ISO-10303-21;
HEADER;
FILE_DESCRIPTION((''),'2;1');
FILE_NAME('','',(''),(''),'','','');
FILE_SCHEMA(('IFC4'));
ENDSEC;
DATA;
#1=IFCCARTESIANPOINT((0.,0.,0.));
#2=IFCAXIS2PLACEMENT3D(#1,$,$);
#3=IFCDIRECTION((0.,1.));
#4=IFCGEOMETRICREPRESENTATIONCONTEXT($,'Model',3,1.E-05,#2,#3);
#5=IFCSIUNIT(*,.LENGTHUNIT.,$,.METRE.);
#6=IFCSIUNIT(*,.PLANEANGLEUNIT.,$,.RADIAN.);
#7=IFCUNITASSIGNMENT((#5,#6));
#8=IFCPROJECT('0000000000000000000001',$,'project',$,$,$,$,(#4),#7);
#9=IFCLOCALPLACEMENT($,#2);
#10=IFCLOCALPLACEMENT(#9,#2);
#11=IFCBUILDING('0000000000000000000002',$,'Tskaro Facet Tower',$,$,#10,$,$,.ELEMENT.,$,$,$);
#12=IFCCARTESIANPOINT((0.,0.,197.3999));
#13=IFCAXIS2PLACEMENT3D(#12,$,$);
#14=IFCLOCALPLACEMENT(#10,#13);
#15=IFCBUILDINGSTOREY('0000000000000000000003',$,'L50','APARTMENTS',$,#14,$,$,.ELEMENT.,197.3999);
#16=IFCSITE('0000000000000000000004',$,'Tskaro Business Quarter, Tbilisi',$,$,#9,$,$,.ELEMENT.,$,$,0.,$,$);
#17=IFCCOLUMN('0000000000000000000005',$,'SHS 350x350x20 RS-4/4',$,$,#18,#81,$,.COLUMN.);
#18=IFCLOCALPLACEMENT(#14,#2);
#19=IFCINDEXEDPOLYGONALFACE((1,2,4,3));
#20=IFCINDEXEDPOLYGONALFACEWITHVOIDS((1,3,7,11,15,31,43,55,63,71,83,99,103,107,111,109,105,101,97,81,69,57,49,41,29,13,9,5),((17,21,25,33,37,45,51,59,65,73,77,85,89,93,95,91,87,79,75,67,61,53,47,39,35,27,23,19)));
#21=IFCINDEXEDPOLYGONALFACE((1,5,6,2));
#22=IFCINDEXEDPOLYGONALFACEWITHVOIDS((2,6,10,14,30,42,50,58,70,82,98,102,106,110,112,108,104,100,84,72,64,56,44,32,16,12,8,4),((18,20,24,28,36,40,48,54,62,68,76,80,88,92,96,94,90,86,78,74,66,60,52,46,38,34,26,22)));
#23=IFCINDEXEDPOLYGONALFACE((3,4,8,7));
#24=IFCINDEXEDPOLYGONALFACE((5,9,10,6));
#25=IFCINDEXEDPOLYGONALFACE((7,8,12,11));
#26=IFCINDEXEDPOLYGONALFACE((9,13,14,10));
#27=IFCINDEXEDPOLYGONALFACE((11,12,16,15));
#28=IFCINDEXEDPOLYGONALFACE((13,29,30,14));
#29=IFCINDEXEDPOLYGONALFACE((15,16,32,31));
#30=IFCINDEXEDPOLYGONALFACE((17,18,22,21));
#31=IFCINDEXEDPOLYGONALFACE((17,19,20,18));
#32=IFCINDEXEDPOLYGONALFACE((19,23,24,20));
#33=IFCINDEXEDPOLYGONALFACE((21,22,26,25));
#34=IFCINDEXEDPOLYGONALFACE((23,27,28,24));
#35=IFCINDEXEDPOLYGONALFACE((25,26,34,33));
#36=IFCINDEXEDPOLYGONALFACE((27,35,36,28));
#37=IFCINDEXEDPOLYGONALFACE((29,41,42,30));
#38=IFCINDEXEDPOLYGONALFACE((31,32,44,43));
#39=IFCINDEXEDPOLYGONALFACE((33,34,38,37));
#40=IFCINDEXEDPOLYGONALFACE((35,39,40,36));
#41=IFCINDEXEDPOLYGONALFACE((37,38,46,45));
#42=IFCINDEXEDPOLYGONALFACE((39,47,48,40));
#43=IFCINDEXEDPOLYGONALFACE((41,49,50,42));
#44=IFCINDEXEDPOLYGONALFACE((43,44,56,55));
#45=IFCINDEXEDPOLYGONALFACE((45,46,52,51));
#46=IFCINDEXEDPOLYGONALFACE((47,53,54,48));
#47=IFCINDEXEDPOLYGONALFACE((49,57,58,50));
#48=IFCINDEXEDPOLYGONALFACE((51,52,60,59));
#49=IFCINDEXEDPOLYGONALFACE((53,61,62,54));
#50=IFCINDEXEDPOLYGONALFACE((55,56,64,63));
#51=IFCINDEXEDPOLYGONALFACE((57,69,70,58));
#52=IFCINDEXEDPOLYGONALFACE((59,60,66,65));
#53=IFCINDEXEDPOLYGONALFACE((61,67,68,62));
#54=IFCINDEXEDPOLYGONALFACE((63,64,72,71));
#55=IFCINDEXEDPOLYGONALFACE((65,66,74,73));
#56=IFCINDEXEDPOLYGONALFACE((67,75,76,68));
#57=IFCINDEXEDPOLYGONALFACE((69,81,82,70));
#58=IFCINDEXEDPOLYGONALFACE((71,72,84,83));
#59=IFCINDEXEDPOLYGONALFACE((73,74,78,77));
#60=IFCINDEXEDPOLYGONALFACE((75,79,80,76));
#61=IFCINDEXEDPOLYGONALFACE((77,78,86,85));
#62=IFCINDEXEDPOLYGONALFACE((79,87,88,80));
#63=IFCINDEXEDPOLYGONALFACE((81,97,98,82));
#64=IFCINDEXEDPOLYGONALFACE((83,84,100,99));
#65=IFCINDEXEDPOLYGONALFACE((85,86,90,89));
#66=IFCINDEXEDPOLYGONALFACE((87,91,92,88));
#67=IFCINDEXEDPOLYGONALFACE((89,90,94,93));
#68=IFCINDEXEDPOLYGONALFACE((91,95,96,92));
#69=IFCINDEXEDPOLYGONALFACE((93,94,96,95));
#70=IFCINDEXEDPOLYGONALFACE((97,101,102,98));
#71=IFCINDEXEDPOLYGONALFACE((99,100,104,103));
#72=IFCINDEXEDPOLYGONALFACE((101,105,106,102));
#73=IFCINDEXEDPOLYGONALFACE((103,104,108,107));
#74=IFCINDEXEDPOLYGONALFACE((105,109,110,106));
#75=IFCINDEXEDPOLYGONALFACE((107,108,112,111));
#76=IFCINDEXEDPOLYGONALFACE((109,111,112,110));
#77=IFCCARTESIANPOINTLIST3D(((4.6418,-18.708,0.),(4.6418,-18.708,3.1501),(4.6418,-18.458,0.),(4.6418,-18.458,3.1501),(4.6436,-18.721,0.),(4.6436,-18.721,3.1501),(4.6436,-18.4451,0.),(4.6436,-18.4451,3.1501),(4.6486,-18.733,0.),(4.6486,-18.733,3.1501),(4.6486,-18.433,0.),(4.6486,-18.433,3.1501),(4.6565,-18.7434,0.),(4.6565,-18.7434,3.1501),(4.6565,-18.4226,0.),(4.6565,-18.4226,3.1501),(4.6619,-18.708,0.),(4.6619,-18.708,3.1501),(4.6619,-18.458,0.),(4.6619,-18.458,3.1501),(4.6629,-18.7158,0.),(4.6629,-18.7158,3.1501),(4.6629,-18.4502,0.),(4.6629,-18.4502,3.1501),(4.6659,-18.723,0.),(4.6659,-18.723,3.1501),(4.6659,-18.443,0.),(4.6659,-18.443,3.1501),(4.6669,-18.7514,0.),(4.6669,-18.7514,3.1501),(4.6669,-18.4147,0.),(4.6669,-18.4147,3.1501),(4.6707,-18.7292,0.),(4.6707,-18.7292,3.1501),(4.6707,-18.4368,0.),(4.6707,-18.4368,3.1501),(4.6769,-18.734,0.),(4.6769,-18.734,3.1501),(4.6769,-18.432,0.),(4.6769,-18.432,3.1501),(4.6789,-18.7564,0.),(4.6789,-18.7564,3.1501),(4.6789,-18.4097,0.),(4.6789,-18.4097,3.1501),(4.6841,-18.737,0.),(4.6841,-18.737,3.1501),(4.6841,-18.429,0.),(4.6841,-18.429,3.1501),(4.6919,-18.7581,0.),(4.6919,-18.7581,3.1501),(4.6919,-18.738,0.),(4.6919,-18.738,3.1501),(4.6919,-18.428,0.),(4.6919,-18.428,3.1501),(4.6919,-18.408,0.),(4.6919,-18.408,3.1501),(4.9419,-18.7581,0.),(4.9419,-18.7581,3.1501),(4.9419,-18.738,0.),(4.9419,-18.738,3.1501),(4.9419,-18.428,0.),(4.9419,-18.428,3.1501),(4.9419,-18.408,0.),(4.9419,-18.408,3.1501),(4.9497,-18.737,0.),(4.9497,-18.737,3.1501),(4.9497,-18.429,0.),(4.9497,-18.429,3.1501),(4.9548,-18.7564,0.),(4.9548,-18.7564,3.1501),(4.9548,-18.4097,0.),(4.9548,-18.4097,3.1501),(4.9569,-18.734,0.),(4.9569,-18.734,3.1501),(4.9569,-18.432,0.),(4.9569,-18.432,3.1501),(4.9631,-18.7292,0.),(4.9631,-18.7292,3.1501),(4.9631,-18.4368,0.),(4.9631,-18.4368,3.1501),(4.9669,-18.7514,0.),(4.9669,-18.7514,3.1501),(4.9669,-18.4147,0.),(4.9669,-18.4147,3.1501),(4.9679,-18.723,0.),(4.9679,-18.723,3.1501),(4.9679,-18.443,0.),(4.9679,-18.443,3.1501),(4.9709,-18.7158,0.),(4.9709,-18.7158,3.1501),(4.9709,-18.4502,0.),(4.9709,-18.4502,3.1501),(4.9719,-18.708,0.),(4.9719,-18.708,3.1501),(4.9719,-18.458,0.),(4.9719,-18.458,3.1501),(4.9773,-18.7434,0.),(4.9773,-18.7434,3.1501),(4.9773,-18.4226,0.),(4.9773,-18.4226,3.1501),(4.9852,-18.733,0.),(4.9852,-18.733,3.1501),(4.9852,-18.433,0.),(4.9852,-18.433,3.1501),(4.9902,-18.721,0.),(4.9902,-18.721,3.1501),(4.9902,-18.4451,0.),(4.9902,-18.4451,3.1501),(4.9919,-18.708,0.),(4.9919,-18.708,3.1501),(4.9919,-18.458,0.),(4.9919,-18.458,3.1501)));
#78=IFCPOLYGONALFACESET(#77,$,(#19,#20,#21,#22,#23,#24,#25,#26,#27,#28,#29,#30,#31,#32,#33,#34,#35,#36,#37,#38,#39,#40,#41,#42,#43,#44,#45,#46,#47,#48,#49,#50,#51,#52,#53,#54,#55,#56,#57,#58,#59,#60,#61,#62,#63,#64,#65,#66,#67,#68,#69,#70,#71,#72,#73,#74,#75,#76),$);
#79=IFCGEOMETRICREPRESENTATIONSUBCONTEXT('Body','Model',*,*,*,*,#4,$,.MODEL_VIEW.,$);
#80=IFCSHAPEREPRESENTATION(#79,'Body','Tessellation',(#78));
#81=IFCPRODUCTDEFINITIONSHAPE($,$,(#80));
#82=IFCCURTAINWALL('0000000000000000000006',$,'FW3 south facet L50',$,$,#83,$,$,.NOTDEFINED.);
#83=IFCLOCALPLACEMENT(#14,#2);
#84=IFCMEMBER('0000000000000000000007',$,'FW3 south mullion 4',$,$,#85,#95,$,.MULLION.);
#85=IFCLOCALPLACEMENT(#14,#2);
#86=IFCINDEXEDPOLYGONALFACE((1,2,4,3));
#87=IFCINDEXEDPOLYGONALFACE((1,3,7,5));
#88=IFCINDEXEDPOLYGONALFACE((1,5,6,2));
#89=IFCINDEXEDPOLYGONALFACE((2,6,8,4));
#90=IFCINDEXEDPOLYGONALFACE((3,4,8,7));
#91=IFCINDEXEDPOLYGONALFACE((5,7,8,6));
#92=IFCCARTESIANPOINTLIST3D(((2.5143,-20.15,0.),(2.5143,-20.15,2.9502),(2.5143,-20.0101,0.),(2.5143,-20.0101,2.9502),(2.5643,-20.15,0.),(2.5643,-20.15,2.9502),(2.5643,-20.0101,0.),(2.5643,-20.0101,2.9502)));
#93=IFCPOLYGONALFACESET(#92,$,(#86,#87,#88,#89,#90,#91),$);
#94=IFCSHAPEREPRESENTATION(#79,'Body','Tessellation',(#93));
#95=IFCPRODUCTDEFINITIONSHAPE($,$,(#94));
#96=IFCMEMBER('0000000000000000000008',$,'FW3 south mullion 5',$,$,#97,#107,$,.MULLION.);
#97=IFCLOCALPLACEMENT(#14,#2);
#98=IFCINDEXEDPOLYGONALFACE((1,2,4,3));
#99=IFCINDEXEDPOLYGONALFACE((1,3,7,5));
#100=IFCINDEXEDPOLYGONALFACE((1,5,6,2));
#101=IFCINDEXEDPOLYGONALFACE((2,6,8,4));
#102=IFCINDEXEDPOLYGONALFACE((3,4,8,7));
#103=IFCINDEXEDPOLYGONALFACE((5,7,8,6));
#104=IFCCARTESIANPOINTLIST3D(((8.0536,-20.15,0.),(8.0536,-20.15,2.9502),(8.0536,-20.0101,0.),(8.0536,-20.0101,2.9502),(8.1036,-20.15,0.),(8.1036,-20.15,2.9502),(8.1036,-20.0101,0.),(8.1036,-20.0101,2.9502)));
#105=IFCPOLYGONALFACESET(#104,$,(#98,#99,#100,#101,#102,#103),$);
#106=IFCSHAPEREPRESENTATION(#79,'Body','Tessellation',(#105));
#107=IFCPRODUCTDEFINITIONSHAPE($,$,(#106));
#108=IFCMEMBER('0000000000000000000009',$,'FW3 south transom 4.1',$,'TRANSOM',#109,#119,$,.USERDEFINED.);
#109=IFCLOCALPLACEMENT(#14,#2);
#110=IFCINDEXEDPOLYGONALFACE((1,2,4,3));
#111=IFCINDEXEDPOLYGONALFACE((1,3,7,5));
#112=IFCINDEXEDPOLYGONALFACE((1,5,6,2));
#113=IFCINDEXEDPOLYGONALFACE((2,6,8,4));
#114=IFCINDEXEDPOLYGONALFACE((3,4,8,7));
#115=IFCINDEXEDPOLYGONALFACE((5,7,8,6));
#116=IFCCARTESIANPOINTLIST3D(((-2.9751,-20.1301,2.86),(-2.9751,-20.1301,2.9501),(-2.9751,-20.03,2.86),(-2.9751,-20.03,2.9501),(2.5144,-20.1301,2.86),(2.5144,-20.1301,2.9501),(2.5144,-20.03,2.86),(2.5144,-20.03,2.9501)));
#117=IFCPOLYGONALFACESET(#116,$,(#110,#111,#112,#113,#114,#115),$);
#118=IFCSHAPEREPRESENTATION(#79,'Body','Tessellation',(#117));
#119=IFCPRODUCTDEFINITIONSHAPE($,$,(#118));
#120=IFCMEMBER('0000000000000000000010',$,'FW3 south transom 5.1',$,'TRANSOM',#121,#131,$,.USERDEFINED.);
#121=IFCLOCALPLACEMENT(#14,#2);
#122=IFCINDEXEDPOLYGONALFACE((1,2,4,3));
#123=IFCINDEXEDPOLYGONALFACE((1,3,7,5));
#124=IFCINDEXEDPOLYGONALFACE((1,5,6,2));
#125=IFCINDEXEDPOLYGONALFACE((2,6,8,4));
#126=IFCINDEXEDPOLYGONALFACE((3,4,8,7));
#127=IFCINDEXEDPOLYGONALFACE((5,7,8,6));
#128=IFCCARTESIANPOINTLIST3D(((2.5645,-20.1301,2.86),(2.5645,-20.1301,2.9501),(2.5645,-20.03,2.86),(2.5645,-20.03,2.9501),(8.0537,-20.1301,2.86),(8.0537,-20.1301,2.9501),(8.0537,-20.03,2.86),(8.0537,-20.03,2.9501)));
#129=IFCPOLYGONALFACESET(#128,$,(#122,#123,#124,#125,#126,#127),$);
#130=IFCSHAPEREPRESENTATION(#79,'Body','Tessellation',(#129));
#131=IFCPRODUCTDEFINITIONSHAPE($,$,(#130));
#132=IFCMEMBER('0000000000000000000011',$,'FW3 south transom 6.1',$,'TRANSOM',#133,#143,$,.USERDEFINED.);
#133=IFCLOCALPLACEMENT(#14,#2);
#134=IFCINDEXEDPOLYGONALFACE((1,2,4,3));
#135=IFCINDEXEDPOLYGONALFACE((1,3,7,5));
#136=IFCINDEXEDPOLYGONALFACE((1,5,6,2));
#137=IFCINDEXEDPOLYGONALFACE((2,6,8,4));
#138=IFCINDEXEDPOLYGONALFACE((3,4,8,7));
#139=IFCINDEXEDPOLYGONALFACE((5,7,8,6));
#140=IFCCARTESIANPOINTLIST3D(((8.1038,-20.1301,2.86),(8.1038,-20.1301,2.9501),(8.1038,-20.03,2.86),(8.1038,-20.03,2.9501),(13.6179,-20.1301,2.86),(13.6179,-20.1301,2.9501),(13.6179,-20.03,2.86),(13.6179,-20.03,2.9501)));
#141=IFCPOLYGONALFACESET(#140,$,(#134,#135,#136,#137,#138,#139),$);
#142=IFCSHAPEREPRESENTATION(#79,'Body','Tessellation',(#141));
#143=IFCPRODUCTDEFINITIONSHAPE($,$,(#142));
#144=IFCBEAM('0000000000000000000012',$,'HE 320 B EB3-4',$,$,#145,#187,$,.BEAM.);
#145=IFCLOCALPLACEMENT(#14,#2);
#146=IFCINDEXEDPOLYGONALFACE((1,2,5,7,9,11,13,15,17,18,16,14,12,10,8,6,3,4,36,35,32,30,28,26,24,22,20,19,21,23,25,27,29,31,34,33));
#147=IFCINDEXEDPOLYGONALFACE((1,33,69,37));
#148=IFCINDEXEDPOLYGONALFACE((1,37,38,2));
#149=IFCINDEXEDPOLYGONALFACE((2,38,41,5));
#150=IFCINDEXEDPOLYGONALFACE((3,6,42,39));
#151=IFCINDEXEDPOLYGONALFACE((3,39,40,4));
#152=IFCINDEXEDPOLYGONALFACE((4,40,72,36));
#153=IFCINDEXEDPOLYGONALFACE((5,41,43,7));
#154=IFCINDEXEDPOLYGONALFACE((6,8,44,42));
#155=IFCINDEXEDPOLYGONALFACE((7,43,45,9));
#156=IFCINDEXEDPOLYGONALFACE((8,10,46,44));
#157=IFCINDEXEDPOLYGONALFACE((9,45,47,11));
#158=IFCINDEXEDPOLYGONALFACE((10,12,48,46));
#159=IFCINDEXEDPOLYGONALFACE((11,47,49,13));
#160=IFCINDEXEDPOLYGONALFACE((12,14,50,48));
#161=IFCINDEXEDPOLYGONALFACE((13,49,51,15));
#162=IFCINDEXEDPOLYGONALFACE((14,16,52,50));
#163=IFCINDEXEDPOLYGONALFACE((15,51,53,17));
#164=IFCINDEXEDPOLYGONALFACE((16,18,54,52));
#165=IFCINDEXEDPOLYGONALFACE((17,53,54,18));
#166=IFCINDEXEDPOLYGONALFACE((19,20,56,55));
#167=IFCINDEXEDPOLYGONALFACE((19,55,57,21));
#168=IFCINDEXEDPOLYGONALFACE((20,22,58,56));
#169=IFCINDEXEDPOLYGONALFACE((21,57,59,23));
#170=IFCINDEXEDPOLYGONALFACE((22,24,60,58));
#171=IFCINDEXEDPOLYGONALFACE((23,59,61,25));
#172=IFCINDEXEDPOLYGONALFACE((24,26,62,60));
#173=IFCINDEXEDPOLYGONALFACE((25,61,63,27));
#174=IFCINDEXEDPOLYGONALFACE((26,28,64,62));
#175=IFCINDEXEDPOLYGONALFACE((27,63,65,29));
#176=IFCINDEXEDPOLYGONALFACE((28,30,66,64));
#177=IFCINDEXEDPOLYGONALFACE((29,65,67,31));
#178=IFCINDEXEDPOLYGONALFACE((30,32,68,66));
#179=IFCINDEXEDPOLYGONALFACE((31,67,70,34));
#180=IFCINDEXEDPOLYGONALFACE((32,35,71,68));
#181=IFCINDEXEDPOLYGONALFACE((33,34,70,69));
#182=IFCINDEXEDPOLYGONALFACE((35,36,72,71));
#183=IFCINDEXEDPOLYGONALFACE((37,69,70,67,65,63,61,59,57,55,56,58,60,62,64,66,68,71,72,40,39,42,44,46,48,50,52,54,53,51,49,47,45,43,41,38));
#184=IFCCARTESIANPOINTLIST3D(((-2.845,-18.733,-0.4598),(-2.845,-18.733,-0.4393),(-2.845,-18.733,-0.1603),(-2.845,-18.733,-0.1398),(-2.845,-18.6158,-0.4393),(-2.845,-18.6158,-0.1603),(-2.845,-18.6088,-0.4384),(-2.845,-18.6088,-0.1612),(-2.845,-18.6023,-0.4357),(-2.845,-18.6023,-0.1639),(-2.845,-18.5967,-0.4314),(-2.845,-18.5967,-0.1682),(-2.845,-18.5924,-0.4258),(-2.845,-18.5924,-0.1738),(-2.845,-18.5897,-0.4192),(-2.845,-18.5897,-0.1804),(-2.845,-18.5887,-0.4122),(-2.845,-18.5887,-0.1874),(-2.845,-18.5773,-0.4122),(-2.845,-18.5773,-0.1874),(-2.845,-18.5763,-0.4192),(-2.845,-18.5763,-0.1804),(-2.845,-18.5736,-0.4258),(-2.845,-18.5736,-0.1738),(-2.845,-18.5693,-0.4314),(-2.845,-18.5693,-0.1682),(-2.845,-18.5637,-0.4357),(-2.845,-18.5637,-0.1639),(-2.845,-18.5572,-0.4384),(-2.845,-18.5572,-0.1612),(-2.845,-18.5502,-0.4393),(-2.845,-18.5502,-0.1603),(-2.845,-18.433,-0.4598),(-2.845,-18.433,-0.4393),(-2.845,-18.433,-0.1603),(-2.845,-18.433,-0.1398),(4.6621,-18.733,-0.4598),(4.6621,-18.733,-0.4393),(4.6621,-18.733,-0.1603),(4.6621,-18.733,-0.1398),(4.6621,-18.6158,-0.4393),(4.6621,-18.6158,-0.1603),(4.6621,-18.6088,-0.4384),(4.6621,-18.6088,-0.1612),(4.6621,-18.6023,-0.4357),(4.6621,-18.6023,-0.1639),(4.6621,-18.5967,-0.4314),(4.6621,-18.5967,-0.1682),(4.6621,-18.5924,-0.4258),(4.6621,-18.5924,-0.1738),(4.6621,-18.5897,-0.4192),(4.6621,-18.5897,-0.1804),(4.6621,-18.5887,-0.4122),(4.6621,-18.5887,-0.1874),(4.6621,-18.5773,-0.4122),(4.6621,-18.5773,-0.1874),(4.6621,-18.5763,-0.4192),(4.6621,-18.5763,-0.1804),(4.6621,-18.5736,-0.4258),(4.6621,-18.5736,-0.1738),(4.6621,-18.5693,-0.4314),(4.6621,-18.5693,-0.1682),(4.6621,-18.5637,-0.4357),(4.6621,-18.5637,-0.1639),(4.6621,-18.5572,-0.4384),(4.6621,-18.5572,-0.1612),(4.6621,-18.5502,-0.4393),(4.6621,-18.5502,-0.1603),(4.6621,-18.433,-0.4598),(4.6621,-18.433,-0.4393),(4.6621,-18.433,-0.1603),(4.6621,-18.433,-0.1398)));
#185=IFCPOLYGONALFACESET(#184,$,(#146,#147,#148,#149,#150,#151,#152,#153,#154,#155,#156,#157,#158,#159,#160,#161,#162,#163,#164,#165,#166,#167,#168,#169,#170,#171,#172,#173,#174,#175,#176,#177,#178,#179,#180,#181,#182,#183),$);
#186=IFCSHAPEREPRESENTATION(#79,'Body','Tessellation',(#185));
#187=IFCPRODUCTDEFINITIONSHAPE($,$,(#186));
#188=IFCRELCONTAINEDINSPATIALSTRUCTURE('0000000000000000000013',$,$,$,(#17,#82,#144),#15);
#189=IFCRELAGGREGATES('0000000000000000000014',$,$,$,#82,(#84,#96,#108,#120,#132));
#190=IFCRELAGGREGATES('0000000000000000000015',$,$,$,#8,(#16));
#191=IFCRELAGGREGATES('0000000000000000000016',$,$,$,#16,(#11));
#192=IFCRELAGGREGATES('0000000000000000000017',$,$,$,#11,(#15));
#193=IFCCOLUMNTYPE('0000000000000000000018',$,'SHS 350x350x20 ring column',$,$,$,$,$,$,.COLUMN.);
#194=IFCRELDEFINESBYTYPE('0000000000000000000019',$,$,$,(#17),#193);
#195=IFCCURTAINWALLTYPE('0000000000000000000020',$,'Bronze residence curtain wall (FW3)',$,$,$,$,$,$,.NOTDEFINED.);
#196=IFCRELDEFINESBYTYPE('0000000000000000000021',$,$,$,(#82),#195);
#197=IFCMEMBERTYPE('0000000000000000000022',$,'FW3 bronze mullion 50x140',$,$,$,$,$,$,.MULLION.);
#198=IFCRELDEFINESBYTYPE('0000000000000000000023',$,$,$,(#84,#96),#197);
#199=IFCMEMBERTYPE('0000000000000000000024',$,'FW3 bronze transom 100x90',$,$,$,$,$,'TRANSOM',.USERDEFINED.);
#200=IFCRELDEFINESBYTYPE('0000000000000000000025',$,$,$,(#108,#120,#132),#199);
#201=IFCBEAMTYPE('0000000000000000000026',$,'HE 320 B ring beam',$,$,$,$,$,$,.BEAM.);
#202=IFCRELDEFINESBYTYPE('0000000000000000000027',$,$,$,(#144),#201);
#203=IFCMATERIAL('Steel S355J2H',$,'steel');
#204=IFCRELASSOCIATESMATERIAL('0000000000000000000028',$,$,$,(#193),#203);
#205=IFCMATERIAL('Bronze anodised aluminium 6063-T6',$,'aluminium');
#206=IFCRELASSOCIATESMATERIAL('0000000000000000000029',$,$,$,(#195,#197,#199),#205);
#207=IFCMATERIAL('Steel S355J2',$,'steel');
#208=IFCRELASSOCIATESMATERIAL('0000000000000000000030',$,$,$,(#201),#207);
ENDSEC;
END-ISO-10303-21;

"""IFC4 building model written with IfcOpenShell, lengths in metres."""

from ifc_helpers import new_model, si_unit, direction, frame, origin, origin_2d, place, context, subcontext, project, spatial, rectangle, hollow_rectangle, i_section, extrude, material, material_profile, profile_set, type_object, element, aggregate, save


model = new_model("IFC4")

# Units and contexts
model_context = context("Model", 3, precision=1e-05, world=origin(), true_north=direction((0.0, 1.0)))
body_context = subcontext(model_context, "Body", "Model", "MODEL_VIEW")
ifc_project = project(units=[si_unit("LENGTHUNIT", "METRE"), si_unit("PLANEANGLEUNIT", "RADIAN")], contexts=[model_context])

# Site, building, storey
site_placement = place(None, origin())
site = spatial("IfcSite", under=ifc_project, at=site_placement, Name="Tskaro Business Quarter, Tbilisi", CompositionType="ELEMENT", RefElevation=0.0)
building_placement = place(site_placement, origin())
building = spatial("IfcBuilding", under=site, at=building_placement, Name="Tskaro Facet Tower", CompositionType="ELEMENT")
storey_placement = place(building_placement, frame((0.0, 0.0, 197.3999)))
storey = spatial("IfcBuildingStorey", under=building, at=storey_placement, Name="L50", Description="APARTMENTS", CompositionType="ELEMENT", Elevation=197.3999)

# Column
ifc_material_1 = material(Name="Steel S355J2H", Category="steel")
ifc_material_profile_1 = material_profile(ifc_material_1, hollow_rectangle(XDim=0.3501, YDim=0.3501, WallThickness=0.02, InnerFilletRadius=0.03, OuterFilletRadius=0.05, at=origin_2d()), Name="SHS 350x350x20")
ifc_profile_set_1 = profile_set([ifc_material_profile_1], Name="Steel S355J2H")
column_type = type_object("IfcColumnType", Name="SHS 350x350x20 ring column", PredefinedType="COLUMN", material=ifc_profile_set_1)
column_placement = place(storey_placement, frame((4.8169, -18.583, 0.0), z_axis=(0.0, 0.0, 1.0), x_axis=(1.0, 0.0, 0.0)))
element("IfcColumn", 1, at=column_placement, inside=storey, type_object=column_type, Name="SHS 350x350x20 RS-4/4", PredefinedType="COLUMN", context=body_context, shape_type="SweptSolid", body=[
    extrude(hollow_rectangle(XDim=0.3501, YDim=0.3501, WallThickness=0.02, InnerFilletRadius=0.03, OuterFilletRadius=0.05, at=origin_2d()), origin(), (0.0, 0.0, 1.0), 3.1501),
])

# Curtain wall, members
ifc_material_2 = material(Name="Bronze anodised aluminium 6063-T6", Category="aluminium")
curtain_wall_type = type_object("IfcCurtainWallType", Name="Bronze residence curtain wall (FW3)", PredefinedType="NOTDEFINED", material=ifc_material_2)
curtain_wall_placement = place(storey_placement, origin())
curtain_wall = element("IfcCurtainWall", 2, at=curtain_wall_placement, inside=storey, type_object=curtain_wall_type, Name="FW3 south facet L50", PredefinedType="NOTDEFINED")
ifc_material_profile_2 = material_profile(ifc_material_2, rectangle(XDim=0.05, YDim=0.1399, at=origin_2d()), Name="Mullion 50x140")
ifc_profile_set_2 = profile_set([ifc_material_profile_2], Name="Bronze anodised aluminium 6063-T6")
member_type_1 = type_object("IfcMemberType", Name="FW3 bronze mullion 50x140", PredefinedType="MULLION", material=ifc_profile_set_2)
member_1_placement = place(storey_placement, frame((2.5393, -20.0801, 0.0), z_axis=(0.0, 0.0, 1.0), x_axis=(1.0, 0.0, 0.0)))
member_1 = element("IfcMember", 3, at=member_1_placement, type_object=member_type_1, Name="FW3 south mullion 4", PredefinedType="MULLION", context=body_context, shape_type="SweptSolid", body=[
    extrude(rectangle(XDim=0.05, YDim=0.1399, at=origin_2d()), origin(), (0.0, 0.0, 1.0), 2.9502),
])
member_2_placement = place(storey_placement, frame((8.0786, -20.0801, 0.0), z_axis=(0.0, 0.0, 1.0), x_axis=(1.0, 0.0, 0.0)))
member_2 = element("IfcMember", 4, at=member_2_placement, type_object=member_type_1, Name="FW3 south mullion 5", PredefinedType="MULLION", context=body_context, shape_type="SweptSolid", body=[
    extrude(rectangle(XDim=0.05, YDim=0.1399, at=origin_2d()), origin(), (0.0, 0.0, 1.0), 2.9502),
])
ifc_material_profile_3 = material_profile(ifc_material_2, rectangle(XDim=0.1001, YDim=0.0901, at=origin_2d()), Name="Transom 100x90")
ifc_profile_set_3 = profile_set([ifc_material_profile_3], Name="Bronze anodised aluminium 6063-T6")
member_type_2 = type_object("IfcMemberType", Name="FW3 bronze transom 100x90", ElementType="TRANSOM", PredefinedType="USERDEFINED", material=ifc_profile_set_3)
member_3_placement = place(storey_placement, frame((-2.9751, -20.0801, 2.905), z_axis=(1.0, 0.0, 0.0), x_axis=(0.0, 1.0, 0.0)))
member_3 = element("IfcMember", 5, at=member_3_placement, type_object=member_type_2, Name="FW3 south transom 4.1", ObjectType="TRANSOM", PredefinedType="USERDEFINED", context=body_context, shape_type="SweptSolid", body=[
    extrude(rectangle(XDim=0.1001, YDim=0.0901, at=origin_2d()), origin(), (0.0, 0.0, 1.0), 5.4895),
])
member_4_placement = place(storey_placement, frame((2.5645, -20.0801, 2.905), z_axis=(1.0, 0.0, 0.0), x_axis=(0.0, 1.0, 0.0)))
member_4 = element("IfcMember", 6, at=member_4_placement, type_object=member_type_2, Name="FW3 south transom 5.1", ObjectType="TRANSOM", PredefinedType="USERDEFINED", context=body_context, shape_type="SweptSolid", body=[
    extrude(rectangle(XDim=0.1001, YDim=0.0901, at=origin_2d()), origin(), (0.0, 0.0, 1.0), 5.4893),
])
member_5_placement = place(storey_placement, frame((8.1038, -20.0801, 2.905), z_axis=(1.0, 0.0, 0.0), x_axis=(0.0, 1.0, 0.0)))
member_5 = element("IfcMember", 7, at=member_5_placement, type_object=member_type_2, Name="FW3 south transom 6.1", ObjectType="TRANSOM", PredefinedType="USERDEFINED", context=body_context, shape_type="SweptSolid", body=[
    extrude(rectangle(XDim=0.1001, YDim=0.0901, at=origin_2d()), origin(), (0.0, 0.0, 1.0), 5.5142),
])

# Beam
ifc_material_3 = material(Name="Steel S355J2", Category="steel")
ifc_material_profile_4 = material_profile(ifc_material_3, i_section(OverallWidth=0.3, OverallDepth=0.3201, WebThickness=0.0115, FlangeThickness=0.0205, FilletRadius=0.0271, at=origin_2d()), Name="HE 320 B")
ifc_profile_set_4 = profile_set([ifc_material_profile_4], Name="Steel S355J2")
beam_type_1 = type_object("IfcBeamType", Name="HE 320 B ring beam", PredefinedType="BEAM", material=ifc_profile_set_4)
beam_1_placement = place(storey_placement, frame((-2.845, -18.583, -0.2998), z_axis=(1.0, 0.0, 0.0), x_axis=(0.0, 1.0, 0.0)))
element("IfcBeam", 8, at=beam_1_placement, inside=storey, type_object=beam_type_1, Name="HE 320 B EB3-4", PredefinedType="BEAM", context=body_context, shape_type="SweptSolid", body=[
    extrude(i_section(OverallWidth=0.3, OverallDepth=0.3201, WebThickness=0.0115, FlangeThickness=0.0205, FilletRadius=0.0271, at=origin_2d()), origin(), (0.0, 0.0, 1.0), 7.5071),
])

aggregate(curtain_wall, [member_1, member_2, member_3, member_4, member_5])

save(model, "model.ifc")
